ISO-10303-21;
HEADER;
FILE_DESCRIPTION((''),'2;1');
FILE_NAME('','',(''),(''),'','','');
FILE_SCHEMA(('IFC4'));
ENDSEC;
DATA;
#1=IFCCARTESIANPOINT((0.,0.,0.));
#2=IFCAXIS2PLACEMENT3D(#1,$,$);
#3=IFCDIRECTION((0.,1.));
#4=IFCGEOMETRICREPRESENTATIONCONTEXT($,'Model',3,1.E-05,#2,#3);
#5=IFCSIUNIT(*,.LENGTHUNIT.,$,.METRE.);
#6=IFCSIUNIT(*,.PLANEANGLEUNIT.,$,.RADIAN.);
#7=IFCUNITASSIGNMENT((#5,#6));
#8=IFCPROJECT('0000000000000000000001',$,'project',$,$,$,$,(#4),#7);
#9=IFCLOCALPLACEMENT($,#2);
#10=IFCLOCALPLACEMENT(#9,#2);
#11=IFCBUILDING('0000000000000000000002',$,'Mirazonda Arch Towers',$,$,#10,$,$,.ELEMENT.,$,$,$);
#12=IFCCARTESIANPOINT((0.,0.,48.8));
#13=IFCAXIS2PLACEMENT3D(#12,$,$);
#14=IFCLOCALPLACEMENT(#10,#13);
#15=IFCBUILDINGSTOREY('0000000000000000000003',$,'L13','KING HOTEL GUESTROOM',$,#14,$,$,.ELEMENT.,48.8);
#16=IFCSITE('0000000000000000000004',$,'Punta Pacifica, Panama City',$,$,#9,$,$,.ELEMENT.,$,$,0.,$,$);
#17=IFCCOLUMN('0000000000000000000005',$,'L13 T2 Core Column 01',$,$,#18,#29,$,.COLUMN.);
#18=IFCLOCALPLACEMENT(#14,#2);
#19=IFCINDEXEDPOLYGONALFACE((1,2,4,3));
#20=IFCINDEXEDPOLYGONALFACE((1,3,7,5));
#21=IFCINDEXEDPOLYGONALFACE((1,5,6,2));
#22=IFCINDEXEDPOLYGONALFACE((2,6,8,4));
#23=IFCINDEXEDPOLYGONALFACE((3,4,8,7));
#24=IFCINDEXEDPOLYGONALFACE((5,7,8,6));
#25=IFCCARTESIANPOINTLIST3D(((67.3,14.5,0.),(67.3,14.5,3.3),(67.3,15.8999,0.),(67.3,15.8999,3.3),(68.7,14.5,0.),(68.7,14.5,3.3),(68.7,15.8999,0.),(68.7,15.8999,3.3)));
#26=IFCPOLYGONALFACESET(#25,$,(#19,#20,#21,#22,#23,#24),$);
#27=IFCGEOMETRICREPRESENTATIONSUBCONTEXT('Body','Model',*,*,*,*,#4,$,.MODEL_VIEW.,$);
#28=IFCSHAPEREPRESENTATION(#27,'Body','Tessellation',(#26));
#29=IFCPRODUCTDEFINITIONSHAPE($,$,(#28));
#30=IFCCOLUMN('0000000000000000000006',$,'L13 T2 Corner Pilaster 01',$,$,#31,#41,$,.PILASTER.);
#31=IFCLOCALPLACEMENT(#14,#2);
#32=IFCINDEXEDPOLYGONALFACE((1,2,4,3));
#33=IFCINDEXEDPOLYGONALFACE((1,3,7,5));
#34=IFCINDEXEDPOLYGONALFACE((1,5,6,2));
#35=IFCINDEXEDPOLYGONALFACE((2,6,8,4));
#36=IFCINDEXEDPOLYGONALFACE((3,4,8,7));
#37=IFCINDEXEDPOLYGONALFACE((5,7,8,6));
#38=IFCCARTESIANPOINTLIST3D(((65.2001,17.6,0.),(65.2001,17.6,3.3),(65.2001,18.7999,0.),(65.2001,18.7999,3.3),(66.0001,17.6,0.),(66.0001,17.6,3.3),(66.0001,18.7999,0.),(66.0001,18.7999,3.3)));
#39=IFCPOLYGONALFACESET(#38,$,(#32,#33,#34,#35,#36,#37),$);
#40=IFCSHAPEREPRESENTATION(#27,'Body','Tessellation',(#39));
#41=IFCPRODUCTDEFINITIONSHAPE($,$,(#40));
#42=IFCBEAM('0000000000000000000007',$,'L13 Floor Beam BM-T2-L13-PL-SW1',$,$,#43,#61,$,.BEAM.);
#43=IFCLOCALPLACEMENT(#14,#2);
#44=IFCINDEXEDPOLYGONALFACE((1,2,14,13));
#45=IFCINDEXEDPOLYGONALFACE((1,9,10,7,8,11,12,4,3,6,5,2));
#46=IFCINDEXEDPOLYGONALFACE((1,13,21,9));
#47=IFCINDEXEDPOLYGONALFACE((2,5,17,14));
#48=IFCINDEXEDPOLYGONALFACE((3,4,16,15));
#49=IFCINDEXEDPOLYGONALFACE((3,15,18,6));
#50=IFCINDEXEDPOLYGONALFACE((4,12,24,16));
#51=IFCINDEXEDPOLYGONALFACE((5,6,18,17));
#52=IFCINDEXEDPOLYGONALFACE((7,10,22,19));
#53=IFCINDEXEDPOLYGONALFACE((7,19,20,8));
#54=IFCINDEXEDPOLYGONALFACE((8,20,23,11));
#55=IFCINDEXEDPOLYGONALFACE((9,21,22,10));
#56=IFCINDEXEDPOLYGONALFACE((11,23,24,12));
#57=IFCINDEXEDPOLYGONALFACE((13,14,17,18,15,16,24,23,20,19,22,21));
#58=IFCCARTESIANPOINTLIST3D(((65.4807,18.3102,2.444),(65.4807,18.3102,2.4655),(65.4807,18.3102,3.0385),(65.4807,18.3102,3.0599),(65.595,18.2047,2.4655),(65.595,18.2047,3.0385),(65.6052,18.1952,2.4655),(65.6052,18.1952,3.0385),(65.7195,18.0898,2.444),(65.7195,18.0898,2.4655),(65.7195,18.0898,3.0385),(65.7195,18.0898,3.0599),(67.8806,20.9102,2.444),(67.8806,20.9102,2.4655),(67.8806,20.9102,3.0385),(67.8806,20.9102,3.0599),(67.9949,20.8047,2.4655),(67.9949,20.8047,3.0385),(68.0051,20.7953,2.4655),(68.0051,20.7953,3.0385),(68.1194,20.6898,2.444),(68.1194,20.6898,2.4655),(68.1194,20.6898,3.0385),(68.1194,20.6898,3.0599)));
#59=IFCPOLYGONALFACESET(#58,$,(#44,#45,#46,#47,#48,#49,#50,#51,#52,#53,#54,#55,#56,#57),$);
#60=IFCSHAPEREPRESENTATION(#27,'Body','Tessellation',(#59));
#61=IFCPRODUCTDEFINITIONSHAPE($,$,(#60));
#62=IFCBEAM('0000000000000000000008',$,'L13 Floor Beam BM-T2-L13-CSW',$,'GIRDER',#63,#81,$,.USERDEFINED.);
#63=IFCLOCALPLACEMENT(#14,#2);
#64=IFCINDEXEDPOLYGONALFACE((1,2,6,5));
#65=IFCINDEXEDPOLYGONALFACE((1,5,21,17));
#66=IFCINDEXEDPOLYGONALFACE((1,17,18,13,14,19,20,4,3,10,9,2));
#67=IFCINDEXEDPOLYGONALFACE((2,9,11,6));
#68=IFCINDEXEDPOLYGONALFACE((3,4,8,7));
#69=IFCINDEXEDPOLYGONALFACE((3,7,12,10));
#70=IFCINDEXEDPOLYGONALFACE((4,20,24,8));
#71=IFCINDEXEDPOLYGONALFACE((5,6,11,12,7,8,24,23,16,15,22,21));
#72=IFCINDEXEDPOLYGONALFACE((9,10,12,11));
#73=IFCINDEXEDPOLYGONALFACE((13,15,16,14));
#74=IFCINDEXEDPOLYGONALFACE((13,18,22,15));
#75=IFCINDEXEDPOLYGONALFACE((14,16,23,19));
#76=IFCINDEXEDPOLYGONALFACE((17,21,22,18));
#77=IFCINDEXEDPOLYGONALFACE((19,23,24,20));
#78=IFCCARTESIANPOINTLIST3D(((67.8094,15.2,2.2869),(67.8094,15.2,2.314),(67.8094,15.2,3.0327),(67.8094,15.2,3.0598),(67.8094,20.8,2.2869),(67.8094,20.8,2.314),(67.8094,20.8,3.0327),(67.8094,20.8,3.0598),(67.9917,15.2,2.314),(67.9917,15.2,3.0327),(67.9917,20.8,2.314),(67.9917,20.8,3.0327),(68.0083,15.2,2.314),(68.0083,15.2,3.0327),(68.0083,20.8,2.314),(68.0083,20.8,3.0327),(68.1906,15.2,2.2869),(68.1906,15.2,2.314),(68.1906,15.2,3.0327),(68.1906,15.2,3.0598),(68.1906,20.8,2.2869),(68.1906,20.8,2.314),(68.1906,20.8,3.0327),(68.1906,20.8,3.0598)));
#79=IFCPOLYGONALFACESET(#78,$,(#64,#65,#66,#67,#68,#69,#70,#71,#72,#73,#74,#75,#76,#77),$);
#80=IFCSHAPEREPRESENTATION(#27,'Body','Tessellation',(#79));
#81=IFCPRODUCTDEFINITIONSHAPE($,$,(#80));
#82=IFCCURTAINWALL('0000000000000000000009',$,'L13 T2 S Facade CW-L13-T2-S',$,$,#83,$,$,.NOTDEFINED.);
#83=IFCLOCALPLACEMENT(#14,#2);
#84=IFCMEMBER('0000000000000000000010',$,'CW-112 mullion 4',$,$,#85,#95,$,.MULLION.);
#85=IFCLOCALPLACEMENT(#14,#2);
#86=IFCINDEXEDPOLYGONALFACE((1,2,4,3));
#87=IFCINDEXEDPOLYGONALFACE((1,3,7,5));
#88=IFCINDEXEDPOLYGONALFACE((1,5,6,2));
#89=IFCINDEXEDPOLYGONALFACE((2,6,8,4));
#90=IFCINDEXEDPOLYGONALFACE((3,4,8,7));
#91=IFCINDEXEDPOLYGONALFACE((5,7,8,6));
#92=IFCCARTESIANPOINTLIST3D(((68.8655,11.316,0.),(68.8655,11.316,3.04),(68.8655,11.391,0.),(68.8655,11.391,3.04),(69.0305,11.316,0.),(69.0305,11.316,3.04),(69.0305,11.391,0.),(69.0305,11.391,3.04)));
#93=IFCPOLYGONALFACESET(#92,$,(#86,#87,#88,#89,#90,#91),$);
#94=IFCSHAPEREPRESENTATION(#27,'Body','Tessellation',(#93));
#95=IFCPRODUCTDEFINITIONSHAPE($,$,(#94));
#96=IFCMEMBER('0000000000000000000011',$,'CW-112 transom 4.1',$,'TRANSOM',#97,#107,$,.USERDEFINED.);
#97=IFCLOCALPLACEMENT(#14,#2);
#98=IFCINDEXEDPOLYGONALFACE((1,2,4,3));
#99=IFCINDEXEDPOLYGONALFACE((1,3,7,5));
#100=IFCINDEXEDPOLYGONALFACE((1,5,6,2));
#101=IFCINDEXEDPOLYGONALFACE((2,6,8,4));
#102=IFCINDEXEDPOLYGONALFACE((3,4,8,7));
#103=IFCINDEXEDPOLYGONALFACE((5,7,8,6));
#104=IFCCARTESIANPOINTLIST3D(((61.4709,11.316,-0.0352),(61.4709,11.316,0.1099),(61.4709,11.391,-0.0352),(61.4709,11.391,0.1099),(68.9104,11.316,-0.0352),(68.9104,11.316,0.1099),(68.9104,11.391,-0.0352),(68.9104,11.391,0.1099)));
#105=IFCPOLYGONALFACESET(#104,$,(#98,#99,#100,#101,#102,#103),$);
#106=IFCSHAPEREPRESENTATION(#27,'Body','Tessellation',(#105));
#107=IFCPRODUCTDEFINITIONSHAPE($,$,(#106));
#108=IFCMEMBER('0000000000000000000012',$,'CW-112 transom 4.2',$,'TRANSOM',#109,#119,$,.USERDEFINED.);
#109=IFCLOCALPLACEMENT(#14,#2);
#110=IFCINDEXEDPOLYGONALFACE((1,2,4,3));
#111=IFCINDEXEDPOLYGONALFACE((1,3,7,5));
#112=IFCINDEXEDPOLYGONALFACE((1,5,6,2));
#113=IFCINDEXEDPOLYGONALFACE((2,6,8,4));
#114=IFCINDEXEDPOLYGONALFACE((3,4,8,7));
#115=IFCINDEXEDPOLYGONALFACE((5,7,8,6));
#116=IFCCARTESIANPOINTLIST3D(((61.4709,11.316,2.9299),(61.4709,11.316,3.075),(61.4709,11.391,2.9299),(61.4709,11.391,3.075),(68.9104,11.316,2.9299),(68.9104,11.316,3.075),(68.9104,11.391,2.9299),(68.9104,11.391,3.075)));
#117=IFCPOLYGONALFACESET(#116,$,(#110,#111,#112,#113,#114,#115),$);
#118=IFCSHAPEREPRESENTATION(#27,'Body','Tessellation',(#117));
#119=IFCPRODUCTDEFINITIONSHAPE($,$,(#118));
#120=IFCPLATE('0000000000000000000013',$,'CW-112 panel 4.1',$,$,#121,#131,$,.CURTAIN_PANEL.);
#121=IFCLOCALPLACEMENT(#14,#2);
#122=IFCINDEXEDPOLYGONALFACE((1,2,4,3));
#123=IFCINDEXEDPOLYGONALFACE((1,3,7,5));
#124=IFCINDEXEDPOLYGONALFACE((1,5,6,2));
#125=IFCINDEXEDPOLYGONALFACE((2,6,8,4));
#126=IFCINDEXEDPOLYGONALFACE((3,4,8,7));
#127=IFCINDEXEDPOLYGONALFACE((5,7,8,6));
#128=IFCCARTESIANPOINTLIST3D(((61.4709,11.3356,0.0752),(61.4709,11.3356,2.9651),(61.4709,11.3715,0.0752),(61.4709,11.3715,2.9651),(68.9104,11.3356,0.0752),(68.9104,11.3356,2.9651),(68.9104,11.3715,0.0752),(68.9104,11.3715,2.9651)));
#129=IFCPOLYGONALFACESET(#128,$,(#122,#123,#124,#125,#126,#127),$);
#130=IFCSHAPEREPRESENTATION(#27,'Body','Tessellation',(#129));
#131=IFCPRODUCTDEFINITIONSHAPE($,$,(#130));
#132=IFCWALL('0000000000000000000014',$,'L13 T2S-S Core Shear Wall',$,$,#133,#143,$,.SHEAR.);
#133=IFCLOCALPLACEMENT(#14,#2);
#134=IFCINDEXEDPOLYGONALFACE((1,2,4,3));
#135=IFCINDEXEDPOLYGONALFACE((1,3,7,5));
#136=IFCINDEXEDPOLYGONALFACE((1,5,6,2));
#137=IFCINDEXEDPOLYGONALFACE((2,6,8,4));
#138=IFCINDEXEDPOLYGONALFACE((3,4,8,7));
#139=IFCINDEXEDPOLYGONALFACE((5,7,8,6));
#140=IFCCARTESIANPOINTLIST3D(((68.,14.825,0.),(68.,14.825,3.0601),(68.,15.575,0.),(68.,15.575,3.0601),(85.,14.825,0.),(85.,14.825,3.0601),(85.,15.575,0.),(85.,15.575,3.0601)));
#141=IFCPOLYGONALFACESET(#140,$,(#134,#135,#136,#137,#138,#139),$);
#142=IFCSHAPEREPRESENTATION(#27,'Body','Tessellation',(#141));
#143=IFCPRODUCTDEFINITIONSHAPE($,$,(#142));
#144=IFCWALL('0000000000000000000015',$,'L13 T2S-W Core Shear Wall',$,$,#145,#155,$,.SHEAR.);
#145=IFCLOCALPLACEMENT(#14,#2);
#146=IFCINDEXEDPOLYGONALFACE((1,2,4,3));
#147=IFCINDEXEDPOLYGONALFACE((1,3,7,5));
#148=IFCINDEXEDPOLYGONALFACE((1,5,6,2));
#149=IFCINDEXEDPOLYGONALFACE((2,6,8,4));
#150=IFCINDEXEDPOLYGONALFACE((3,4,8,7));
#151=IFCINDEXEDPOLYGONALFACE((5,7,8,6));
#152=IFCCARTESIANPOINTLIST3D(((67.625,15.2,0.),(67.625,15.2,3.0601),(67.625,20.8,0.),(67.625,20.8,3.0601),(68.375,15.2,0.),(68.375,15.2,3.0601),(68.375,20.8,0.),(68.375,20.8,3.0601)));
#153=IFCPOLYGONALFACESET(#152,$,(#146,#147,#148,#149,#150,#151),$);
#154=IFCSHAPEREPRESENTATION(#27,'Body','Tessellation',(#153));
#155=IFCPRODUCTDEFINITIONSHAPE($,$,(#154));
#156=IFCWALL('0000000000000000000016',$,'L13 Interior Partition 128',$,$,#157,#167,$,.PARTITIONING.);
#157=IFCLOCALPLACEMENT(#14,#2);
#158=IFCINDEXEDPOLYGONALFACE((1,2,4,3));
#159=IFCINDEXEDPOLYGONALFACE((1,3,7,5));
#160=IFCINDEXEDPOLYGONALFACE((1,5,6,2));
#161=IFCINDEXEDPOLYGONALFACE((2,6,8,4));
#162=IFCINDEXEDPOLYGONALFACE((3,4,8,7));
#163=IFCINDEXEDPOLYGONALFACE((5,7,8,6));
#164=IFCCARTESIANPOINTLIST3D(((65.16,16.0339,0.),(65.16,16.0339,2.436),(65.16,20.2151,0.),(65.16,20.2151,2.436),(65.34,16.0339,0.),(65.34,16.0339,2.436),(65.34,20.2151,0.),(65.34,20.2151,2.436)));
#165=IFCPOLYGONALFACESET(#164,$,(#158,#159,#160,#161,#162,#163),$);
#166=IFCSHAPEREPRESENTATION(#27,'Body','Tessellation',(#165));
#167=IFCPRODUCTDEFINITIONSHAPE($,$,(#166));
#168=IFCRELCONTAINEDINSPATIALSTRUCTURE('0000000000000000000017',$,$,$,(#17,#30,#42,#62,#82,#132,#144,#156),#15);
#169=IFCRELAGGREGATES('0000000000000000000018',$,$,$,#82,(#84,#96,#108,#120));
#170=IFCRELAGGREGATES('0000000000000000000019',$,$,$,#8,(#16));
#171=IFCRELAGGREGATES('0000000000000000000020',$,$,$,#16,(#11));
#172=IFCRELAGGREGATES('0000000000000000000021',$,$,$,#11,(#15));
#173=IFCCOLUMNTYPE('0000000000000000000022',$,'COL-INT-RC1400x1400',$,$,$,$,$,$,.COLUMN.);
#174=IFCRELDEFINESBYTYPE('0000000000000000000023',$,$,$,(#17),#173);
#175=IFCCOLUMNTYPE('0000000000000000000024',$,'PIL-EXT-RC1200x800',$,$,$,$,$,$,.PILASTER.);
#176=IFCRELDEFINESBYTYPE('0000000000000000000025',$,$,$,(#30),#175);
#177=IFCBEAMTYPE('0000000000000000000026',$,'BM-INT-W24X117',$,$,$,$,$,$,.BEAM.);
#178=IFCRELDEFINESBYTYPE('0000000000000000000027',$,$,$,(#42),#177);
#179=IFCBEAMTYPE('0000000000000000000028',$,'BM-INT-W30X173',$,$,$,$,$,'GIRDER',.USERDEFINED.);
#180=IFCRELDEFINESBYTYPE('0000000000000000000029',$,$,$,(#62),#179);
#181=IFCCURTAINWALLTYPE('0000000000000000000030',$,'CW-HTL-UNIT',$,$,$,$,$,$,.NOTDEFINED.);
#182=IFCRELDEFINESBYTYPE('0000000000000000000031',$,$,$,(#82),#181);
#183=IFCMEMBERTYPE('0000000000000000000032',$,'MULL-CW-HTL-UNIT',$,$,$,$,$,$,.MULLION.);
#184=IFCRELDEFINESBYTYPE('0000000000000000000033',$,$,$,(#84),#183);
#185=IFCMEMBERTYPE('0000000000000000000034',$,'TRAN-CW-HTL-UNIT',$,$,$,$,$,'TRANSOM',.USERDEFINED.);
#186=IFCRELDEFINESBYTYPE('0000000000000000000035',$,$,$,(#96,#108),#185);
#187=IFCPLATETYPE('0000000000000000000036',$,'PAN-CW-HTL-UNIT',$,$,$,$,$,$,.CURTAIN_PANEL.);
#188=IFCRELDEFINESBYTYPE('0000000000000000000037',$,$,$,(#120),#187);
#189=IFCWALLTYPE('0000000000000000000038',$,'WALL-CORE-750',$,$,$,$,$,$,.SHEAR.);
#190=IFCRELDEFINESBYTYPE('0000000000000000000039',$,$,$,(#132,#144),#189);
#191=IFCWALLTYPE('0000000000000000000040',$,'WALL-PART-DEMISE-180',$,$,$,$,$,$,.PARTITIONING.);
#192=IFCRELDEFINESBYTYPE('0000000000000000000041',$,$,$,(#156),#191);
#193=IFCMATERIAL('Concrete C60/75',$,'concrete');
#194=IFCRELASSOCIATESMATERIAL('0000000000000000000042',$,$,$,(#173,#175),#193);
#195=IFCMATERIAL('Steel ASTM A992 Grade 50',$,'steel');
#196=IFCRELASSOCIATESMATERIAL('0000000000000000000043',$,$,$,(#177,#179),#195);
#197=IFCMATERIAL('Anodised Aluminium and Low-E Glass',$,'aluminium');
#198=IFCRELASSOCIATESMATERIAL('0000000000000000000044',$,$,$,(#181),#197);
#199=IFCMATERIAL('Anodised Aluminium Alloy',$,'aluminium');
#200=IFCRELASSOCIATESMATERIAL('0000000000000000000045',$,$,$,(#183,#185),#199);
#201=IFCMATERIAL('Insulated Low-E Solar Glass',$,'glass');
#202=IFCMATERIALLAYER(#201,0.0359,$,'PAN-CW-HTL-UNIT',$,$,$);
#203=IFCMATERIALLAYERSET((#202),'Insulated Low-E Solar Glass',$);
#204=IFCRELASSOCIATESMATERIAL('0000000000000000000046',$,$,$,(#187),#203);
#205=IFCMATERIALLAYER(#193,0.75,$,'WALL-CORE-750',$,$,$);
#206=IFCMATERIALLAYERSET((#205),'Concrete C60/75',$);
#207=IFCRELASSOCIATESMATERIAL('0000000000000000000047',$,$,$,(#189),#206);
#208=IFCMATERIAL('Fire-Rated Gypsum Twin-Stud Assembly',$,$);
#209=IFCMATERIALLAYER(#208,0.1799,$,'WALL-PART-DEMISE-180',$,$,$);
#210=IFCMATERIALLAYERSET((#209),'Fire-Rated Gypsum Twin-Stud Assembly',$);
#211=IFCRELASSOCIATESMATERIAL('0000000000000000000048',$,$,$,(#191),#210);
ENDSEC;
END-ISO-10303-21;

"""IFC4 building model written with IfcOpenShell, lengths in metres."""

from ifc_helpers import new_model, si_unit, direction, frame, frame_2d, origin, origin_2d, place, context, subcontext, project, spatial, rectangle, i_section, extrude, material, layer, layer_set, material_profile, profile_set, type_object, element, aggregate, save


model = new_model("IFC4")

# Units and contexts
model_context = context("Model", 3, precision=1e-05, world=origin(), true_north=direction((0.0, 1.0)))
body_context = subcontext(model_context, "Body", "Model", "MODEL_VIEW")
ifc_project = project(units=[si_unit("LENGTHUNIT", "METRE"), si_unit("PLANEANGLEUNIT", "RADIAN")], contexts=[model_context])

# Site, building, storey
site_placement = place(None, origin())
site = spatial("IfcSite", under=ifc_project, at=site_placement, Name="Punta Pacifica, Panama City", CompositionType="ELEMENT", RefElevation=0.0)
building_placement = place(site_placement, origin())
building = spatial("IfcBuilding", under=site, at=building_placement, Name="Mirazonda Arch Towers", CompositionType="ELEMENT")
storey_placement = place(building_placement, frame((0.0, 0.0, 48.8)))
storey = spatial("IfcBuildingStorey", under=building, at=storey_placement, Name="L13", Description="KING HOTEL GUESTROOM", CompositionType="ELEMENT", Elevation=48.8)

# Columns
ifc_material_1 = material(Name="Concrete C60/75", Category="concrete")
ifc_material_profile_1 = material_profile(ifc_material_1, rectangle(XDim=1.3999, YDim=1.3999, at=origin_2d()), Name="RC1400x1400")
ifc_profile_set_1 = profile_set([ifc_material_profile_1], Name="Concrete C60/75")
column_type_1 = type_object("IfcColumnType", Name="COL-INT-RC1400x1400", PredefinedType="COLUMN", material=ifc_profile_set_1)
column_1_placement = place(storey_placement, frame((68.0, 15.2, 0.0), z_axis=(0.0, 0.0, 1.0), x_axis=(1.0, 0.0, 0.0)))
element("IfcColumn", 1, at=column_1_placement, inside=storey, type_object=column_type_1, Name="L13 T2 Core Column 01", PredefinedType="COLUMN", context=body_context, shape_type="SweptSolid", body=[
    extrude(rectangle(XDim=1.3999, YDim=1.3999, at=origin_2d()), origin(), (0.0, 0.0, 1.0), 3.3),
])
ifc_material_profile_2 = material_profile(ifc_material_1, rectangle(XDim=0.8, YDim=1.2, at=origin_2d()), Name="RC1200x800")
ifc_profile_set_2 = profile_set([ifc_material_profile_2], Name="Concrete C60/75")
column_type_2 = type_object("IfcColumnType", Name="PIL-EXT-RC1200x800", PredefinedType="PILASTER", material=ifc_profile_set_2)
column_2_placement = place(storey_placement, frame((65.6001, 18.2, 0.0), z_axis=(0.0, 0.0, 1.0), x_axis=(1.0, 0.0, 0.0)))
element("IfcColumn", 2, at=column_2_placement, inside=storey, type_object=column_type_2, Name="L13 T2 Corner Pilaster 01", PredefinedType="PILASTER", context=body_context, shape_type="SweptSolid", body=[
    extrude(rectangle(XDim=0.8, YDim=1.2, at=origin_2d()), origin(), (0.0, 0.0, 1.0), 3.3),
])

# Beams
ifc_material_2 = material(Name="Steel ASTM A992 Grade 50", Category="steel")
ifc_material_profile_3 = material_profile(ifc_material_2, i_section(OverallWidth=0.325, OverallDepth=0.616, WebThickness=0.0139, FlangeThickness=0.0215, at=origin_2d()), Name="W24X117")
ifc_profile_set_3 = profile_set([ifc_material_profile_3], Name="Steel ASTM A992 Grade 50")
beam_type_1 = type_object("IfcBeamType", Name="BM-INT-W24X117", PredefinedType="BEAM", material=ifc_profile_set_3)
beam_1_placement = place(storey_placement, frame((65.6001, 18.2, 2.752), z_axis=(0.678251, 0.73483, 0.0), x_axis=(-0.73483, 0.678251, 0.0)))
element("IfcBeam", 3, at=beam_1_placement, inside=storey, type_object=beam_type_1, Name="L13 Floor Beam BM-T2-L13-PL-SW1", PredefinedType="BEAM", context=body_context, shape_type="SweptSolid", body=[
    extrude(i_section(OverallWidth=0.325, OverallDepth=0.616, WebThickness=0.0139, FlangeThickness=0.0215, at=origin_2d()), origin(), (0.0, 0.0, 1.0), 3.5383),
])
ifc_material_profile_4 = material_profile(ifc_material_2, i_section(OverallWidth=0.3811, OverallDepth=0.7729, WebThickness=0.0166, FlangeThickness=0.0271, at=origin_2d()), Name="W30X173")
ifc_profile_set_4 = profile_set([ifc_material_profile_4], Name="Steel ASTM A992 Grade 50")
beam_type_2 = type_object("IfcBeamType", Name="BM-INT-W30X173", ElementType="GIRDER", PredefinedType="USERDEFINED", material=ifc_profile_set_4)
beam_2_placement = place(storey_placement, frame((68.0, 15.2, 2.6733), z_axis=(0.0, 1.0, 0.0), x_axis=(-1.0, 0.0, 0.0)))
element("IfcBeam", 4, at=beam_2_placement, inside=storey, type_object=beam_type_2, Name="L13 Floor Beam BM-T2-L13-CSW", ObjectType="GIRDER", PredefinedType="USERDEFINED", context=body_context, shape_type="SweptSolid", body=[
    extrude(i_section(OverallWidth=0.3811, OverallDepth=0.7729, WebThickness=0.0166, FlangeThickness=0.0271, at=origin_2d()), origin(), (0.0, 0.0, 1.0), 5.6001),
])

# Curtain wall, members, plate
ifc_material_3 = material(Name="Anodised Aluminium and Low-E Glass", Category="aluminium")
curtain_wall_type = type_object("IfcCurtainWallType", Name="CW-HTL-UNIT", PredefinedType="NOTDEFINED", material=ifc_material_3)
curtain_wall_placement = place(storey_placement, origin())
curtain_wall = element("IfcCurtainWall", 5, at=curtain_wall_placement, inside=storey, type_object=curtain_wall_type, Name="L13 T2 S Facade CW-L13-T2-S", PredefinedType="NOTDEFINED")
ifc_material_4 = material(Name="Anodised Aluminium Alloy", Category="aluminium")
ifc_material_profile_5 = material_profile(ifc_material_4, rectangle(XDim=0.075, YDim=0.165, at=origin_2d()), Name="ALU-MULL-75x165")
ifc_profile_set_5 = profile_set([ifc_material_profile_5], Name="Anodised Aluminium Alloy")
member_type_1 = type_object("IfcMemberType", Name="MULL-CW-HTL-UNIT", PredefinedType="MULLION", material=ifc_profile_set_5)
member_1_placement = place(storey_placement, frame((68.948, 11.3535, 0.0), z_axis=(0.0, 0.0, 1.0), x_axis=(0.0, -1.0, 0.0)))
member_1 = element("IfcMember", 6, at=member_1_placement, type_object=member_type_1, Name="CW-112 mullion 4", PredefinedType="MULLION", context=body_context, shape_type="SweptSolid", body=[
    extrude(rectangle(XDim=0.075, YDim=0.165, at=origin_2d()), origin(), (0.0, 0.0, 1.0), 3.04),
])
ifc_material_profile_6 = material_profile(ifc_material_4, rectangle(XDim=0.075, YDim=0.145, at=origin_2d()), Name="ALU-TRAN-75x145")
ifc_profile_set_6 = profile_set([ifc_material_profile_6], Name="Anodised Aluminium Alloy")
member_type_2 = type_object("IfcMemberType", Name="TRAN-CW-HTL-UNIT", ElementType="TRANSOM", PredefinedType="USERDEFINED", material=ifc_profile_set_6)
member_2_placement = place(storey_placement, frame((68.9104, 11.3535, 0.0374), z_axis=(-1.0, 0.0, 0.0), x_axis=(0.0, -1.0, 0.0)))
member_2 = element("IfcMember", 7, at=member_2_placement, type_object=member_type_2, Name="CW-112 transom 4.1", ObjectType="TRANSOM", PredefinedType="USERDEFINED", context=body_context, shape_type="SweptSolid", body=[
    extrude(rectangle(XDim=0.075, YDim=0.145, at=origin_2d()), origin(), (0.0, 0.0, 1.0), 7.4395),
])
member_3_placement = place(storey_placement, frame((68.9104, 11.3535, 3.0024), z_axis=(-1.0, 0.0, 0.0), x_axis=(0.0, -1.0, 0.0)))
member_3 = element("IfcMember", 8, at=member_3_placement, type_object=member_type_2, Name="CW-112 transom 4.2", ObjectType="TRANSOM", PredefinedType="USERDEFINED", context=body_context, shape_type="SweptSolid", body=[
    extrude(rectangle(XDim=0.075, YDim=0.145, at=origin_2d()), origin(), (0.0, 0.0, 1.0), 7.4395),
])
ifc_material_5 = material(Name="Insulated Low-E Solar Glass", Category="glass")
ifc_layer_1 = layer(ifc_material_5, 0.0359, Name="PAN-CW-HTL-UNIT")
ifc_layer_set_1 = layer_set([ifc_layer_1], Name="Insulated Low-E Solar Glass")
plate_type = type_object("IfcPlateType", Name="PAN-CW-HTL-UNIT", PredefinedType="CURTAIN_PANEL", material=ifc_layer_set_1)
plate_placement = place(storey_placement, frame((65.1907, 11.3535, 0.0752), z_axis=(0.0, 0.0, 1.0), x_axis=(-1.0, 0.0, 0.0)))
plate = element("IfcPlate", 9, at=plate_placement, type_object=plate_type, Name="CW-112 panel 4.1", PredefinedType="CURTAIN_PANEL", context=body_context, shape_type="SweptSolid", body=[
    extrude(rectangle(XDim=7.4395, YDim=0.0359, at=origin_2d()), origin(), (0.0, 0.0, 1.0), 2.8899),
])
aggregate(curtain_wall, [member_1, member_2, member_3, plate])

# Walls
ifc_layer_2 = layer(ifc_material_1, 0.75, Name="WALL-CORE-750")
ifc_layer_set_2 = layer_set([ifc_layer_2], Name="Concrete C60/75")
wall_type_1 = type_object("IfcWallType", Name="WALL-CORE-750", PredefinedType="SHEAR", material=ifc_layer_set_2)
wall_1_placement = place(storey_placement, frame((68.0, 15.2, 0.0), z_axis=(0.0, 0.0, 1.0), x_axis=(1.0, 0.0, 0.0)))
element("IfcWall", 10, at=wall_1_placement, inside=storey, type_object=wall_type_1, Name="L13 T2S-S Core Shear Wall", PredefinedType="SHEAR", context=body_context, shape_type="SweptSolid", body=[
    extrude(rectangle(XDim=17.0, YDim=0.75, at=frame_2d((8.5, 0.0))), origin(), (0.0, 0.0, 1.0), 3.0601),
])
wall_2_placement = place(storey_placement, frame((68.0, 15.2, 0.0), z_axis=(0.0, 0.0, 1.0), x_axis=(0.0, 1.0, 0.0)))
element("IfcWall", 11, at=wall_2_placement, inside=storey, type_object=wall_type_1, Name="L13 T2S-W Core Shear Wall", PredefinedType="SHEAR", context=body_context, shape_type="SweptSolid", body=[
    extrude(rectangle(XDim=5.6001, YDim=0.75, at=frame_2d((2.8, 0.0))), origin(), (0.0, 0.0, 1.0), 3.0601),
])
ifc_material_6 = material(Name="Fire-Rated Gypsum Twin-Stud Assembly")
ifc_layer_3 = layer(ifc_material_6, 0.1799, Name="WALL-PART-DEMISE-180")
ifc_layer_set_3 = layer_set([ifc_layer_3], Name="Fire-Rated Gypsum Twin-Stud Assembly")
wall_type_2 = type_object("IfcWallType", Name="WALL-PART-DEMISE-180", PredefinedType="PARTITIONING", material=ifc_layer_set_3)
wall_3_placement = place(storey_placement, frame((65.25, 16.0339, 0.0), z_axis=(0.0, 0.0, 1.0), x_axis=(0.0, 1.0, 0.0)))
element("IfcWall", 12, at=wall_3_placement, inside=storey, type_object=wall_type_2, Name="L13 Interior Partition 128", PredefinedType="PARTITIONING", context=body_context, shape_type="SweptSolid", body=[
    extrude(rectangle(XDim=4.1812, YDim=0.1799, at=frame_2d((2.0906, 0.0))), origin(), (0.0, 0.0, 1.0), 2.436),
])

save(model, "model.ifc")
